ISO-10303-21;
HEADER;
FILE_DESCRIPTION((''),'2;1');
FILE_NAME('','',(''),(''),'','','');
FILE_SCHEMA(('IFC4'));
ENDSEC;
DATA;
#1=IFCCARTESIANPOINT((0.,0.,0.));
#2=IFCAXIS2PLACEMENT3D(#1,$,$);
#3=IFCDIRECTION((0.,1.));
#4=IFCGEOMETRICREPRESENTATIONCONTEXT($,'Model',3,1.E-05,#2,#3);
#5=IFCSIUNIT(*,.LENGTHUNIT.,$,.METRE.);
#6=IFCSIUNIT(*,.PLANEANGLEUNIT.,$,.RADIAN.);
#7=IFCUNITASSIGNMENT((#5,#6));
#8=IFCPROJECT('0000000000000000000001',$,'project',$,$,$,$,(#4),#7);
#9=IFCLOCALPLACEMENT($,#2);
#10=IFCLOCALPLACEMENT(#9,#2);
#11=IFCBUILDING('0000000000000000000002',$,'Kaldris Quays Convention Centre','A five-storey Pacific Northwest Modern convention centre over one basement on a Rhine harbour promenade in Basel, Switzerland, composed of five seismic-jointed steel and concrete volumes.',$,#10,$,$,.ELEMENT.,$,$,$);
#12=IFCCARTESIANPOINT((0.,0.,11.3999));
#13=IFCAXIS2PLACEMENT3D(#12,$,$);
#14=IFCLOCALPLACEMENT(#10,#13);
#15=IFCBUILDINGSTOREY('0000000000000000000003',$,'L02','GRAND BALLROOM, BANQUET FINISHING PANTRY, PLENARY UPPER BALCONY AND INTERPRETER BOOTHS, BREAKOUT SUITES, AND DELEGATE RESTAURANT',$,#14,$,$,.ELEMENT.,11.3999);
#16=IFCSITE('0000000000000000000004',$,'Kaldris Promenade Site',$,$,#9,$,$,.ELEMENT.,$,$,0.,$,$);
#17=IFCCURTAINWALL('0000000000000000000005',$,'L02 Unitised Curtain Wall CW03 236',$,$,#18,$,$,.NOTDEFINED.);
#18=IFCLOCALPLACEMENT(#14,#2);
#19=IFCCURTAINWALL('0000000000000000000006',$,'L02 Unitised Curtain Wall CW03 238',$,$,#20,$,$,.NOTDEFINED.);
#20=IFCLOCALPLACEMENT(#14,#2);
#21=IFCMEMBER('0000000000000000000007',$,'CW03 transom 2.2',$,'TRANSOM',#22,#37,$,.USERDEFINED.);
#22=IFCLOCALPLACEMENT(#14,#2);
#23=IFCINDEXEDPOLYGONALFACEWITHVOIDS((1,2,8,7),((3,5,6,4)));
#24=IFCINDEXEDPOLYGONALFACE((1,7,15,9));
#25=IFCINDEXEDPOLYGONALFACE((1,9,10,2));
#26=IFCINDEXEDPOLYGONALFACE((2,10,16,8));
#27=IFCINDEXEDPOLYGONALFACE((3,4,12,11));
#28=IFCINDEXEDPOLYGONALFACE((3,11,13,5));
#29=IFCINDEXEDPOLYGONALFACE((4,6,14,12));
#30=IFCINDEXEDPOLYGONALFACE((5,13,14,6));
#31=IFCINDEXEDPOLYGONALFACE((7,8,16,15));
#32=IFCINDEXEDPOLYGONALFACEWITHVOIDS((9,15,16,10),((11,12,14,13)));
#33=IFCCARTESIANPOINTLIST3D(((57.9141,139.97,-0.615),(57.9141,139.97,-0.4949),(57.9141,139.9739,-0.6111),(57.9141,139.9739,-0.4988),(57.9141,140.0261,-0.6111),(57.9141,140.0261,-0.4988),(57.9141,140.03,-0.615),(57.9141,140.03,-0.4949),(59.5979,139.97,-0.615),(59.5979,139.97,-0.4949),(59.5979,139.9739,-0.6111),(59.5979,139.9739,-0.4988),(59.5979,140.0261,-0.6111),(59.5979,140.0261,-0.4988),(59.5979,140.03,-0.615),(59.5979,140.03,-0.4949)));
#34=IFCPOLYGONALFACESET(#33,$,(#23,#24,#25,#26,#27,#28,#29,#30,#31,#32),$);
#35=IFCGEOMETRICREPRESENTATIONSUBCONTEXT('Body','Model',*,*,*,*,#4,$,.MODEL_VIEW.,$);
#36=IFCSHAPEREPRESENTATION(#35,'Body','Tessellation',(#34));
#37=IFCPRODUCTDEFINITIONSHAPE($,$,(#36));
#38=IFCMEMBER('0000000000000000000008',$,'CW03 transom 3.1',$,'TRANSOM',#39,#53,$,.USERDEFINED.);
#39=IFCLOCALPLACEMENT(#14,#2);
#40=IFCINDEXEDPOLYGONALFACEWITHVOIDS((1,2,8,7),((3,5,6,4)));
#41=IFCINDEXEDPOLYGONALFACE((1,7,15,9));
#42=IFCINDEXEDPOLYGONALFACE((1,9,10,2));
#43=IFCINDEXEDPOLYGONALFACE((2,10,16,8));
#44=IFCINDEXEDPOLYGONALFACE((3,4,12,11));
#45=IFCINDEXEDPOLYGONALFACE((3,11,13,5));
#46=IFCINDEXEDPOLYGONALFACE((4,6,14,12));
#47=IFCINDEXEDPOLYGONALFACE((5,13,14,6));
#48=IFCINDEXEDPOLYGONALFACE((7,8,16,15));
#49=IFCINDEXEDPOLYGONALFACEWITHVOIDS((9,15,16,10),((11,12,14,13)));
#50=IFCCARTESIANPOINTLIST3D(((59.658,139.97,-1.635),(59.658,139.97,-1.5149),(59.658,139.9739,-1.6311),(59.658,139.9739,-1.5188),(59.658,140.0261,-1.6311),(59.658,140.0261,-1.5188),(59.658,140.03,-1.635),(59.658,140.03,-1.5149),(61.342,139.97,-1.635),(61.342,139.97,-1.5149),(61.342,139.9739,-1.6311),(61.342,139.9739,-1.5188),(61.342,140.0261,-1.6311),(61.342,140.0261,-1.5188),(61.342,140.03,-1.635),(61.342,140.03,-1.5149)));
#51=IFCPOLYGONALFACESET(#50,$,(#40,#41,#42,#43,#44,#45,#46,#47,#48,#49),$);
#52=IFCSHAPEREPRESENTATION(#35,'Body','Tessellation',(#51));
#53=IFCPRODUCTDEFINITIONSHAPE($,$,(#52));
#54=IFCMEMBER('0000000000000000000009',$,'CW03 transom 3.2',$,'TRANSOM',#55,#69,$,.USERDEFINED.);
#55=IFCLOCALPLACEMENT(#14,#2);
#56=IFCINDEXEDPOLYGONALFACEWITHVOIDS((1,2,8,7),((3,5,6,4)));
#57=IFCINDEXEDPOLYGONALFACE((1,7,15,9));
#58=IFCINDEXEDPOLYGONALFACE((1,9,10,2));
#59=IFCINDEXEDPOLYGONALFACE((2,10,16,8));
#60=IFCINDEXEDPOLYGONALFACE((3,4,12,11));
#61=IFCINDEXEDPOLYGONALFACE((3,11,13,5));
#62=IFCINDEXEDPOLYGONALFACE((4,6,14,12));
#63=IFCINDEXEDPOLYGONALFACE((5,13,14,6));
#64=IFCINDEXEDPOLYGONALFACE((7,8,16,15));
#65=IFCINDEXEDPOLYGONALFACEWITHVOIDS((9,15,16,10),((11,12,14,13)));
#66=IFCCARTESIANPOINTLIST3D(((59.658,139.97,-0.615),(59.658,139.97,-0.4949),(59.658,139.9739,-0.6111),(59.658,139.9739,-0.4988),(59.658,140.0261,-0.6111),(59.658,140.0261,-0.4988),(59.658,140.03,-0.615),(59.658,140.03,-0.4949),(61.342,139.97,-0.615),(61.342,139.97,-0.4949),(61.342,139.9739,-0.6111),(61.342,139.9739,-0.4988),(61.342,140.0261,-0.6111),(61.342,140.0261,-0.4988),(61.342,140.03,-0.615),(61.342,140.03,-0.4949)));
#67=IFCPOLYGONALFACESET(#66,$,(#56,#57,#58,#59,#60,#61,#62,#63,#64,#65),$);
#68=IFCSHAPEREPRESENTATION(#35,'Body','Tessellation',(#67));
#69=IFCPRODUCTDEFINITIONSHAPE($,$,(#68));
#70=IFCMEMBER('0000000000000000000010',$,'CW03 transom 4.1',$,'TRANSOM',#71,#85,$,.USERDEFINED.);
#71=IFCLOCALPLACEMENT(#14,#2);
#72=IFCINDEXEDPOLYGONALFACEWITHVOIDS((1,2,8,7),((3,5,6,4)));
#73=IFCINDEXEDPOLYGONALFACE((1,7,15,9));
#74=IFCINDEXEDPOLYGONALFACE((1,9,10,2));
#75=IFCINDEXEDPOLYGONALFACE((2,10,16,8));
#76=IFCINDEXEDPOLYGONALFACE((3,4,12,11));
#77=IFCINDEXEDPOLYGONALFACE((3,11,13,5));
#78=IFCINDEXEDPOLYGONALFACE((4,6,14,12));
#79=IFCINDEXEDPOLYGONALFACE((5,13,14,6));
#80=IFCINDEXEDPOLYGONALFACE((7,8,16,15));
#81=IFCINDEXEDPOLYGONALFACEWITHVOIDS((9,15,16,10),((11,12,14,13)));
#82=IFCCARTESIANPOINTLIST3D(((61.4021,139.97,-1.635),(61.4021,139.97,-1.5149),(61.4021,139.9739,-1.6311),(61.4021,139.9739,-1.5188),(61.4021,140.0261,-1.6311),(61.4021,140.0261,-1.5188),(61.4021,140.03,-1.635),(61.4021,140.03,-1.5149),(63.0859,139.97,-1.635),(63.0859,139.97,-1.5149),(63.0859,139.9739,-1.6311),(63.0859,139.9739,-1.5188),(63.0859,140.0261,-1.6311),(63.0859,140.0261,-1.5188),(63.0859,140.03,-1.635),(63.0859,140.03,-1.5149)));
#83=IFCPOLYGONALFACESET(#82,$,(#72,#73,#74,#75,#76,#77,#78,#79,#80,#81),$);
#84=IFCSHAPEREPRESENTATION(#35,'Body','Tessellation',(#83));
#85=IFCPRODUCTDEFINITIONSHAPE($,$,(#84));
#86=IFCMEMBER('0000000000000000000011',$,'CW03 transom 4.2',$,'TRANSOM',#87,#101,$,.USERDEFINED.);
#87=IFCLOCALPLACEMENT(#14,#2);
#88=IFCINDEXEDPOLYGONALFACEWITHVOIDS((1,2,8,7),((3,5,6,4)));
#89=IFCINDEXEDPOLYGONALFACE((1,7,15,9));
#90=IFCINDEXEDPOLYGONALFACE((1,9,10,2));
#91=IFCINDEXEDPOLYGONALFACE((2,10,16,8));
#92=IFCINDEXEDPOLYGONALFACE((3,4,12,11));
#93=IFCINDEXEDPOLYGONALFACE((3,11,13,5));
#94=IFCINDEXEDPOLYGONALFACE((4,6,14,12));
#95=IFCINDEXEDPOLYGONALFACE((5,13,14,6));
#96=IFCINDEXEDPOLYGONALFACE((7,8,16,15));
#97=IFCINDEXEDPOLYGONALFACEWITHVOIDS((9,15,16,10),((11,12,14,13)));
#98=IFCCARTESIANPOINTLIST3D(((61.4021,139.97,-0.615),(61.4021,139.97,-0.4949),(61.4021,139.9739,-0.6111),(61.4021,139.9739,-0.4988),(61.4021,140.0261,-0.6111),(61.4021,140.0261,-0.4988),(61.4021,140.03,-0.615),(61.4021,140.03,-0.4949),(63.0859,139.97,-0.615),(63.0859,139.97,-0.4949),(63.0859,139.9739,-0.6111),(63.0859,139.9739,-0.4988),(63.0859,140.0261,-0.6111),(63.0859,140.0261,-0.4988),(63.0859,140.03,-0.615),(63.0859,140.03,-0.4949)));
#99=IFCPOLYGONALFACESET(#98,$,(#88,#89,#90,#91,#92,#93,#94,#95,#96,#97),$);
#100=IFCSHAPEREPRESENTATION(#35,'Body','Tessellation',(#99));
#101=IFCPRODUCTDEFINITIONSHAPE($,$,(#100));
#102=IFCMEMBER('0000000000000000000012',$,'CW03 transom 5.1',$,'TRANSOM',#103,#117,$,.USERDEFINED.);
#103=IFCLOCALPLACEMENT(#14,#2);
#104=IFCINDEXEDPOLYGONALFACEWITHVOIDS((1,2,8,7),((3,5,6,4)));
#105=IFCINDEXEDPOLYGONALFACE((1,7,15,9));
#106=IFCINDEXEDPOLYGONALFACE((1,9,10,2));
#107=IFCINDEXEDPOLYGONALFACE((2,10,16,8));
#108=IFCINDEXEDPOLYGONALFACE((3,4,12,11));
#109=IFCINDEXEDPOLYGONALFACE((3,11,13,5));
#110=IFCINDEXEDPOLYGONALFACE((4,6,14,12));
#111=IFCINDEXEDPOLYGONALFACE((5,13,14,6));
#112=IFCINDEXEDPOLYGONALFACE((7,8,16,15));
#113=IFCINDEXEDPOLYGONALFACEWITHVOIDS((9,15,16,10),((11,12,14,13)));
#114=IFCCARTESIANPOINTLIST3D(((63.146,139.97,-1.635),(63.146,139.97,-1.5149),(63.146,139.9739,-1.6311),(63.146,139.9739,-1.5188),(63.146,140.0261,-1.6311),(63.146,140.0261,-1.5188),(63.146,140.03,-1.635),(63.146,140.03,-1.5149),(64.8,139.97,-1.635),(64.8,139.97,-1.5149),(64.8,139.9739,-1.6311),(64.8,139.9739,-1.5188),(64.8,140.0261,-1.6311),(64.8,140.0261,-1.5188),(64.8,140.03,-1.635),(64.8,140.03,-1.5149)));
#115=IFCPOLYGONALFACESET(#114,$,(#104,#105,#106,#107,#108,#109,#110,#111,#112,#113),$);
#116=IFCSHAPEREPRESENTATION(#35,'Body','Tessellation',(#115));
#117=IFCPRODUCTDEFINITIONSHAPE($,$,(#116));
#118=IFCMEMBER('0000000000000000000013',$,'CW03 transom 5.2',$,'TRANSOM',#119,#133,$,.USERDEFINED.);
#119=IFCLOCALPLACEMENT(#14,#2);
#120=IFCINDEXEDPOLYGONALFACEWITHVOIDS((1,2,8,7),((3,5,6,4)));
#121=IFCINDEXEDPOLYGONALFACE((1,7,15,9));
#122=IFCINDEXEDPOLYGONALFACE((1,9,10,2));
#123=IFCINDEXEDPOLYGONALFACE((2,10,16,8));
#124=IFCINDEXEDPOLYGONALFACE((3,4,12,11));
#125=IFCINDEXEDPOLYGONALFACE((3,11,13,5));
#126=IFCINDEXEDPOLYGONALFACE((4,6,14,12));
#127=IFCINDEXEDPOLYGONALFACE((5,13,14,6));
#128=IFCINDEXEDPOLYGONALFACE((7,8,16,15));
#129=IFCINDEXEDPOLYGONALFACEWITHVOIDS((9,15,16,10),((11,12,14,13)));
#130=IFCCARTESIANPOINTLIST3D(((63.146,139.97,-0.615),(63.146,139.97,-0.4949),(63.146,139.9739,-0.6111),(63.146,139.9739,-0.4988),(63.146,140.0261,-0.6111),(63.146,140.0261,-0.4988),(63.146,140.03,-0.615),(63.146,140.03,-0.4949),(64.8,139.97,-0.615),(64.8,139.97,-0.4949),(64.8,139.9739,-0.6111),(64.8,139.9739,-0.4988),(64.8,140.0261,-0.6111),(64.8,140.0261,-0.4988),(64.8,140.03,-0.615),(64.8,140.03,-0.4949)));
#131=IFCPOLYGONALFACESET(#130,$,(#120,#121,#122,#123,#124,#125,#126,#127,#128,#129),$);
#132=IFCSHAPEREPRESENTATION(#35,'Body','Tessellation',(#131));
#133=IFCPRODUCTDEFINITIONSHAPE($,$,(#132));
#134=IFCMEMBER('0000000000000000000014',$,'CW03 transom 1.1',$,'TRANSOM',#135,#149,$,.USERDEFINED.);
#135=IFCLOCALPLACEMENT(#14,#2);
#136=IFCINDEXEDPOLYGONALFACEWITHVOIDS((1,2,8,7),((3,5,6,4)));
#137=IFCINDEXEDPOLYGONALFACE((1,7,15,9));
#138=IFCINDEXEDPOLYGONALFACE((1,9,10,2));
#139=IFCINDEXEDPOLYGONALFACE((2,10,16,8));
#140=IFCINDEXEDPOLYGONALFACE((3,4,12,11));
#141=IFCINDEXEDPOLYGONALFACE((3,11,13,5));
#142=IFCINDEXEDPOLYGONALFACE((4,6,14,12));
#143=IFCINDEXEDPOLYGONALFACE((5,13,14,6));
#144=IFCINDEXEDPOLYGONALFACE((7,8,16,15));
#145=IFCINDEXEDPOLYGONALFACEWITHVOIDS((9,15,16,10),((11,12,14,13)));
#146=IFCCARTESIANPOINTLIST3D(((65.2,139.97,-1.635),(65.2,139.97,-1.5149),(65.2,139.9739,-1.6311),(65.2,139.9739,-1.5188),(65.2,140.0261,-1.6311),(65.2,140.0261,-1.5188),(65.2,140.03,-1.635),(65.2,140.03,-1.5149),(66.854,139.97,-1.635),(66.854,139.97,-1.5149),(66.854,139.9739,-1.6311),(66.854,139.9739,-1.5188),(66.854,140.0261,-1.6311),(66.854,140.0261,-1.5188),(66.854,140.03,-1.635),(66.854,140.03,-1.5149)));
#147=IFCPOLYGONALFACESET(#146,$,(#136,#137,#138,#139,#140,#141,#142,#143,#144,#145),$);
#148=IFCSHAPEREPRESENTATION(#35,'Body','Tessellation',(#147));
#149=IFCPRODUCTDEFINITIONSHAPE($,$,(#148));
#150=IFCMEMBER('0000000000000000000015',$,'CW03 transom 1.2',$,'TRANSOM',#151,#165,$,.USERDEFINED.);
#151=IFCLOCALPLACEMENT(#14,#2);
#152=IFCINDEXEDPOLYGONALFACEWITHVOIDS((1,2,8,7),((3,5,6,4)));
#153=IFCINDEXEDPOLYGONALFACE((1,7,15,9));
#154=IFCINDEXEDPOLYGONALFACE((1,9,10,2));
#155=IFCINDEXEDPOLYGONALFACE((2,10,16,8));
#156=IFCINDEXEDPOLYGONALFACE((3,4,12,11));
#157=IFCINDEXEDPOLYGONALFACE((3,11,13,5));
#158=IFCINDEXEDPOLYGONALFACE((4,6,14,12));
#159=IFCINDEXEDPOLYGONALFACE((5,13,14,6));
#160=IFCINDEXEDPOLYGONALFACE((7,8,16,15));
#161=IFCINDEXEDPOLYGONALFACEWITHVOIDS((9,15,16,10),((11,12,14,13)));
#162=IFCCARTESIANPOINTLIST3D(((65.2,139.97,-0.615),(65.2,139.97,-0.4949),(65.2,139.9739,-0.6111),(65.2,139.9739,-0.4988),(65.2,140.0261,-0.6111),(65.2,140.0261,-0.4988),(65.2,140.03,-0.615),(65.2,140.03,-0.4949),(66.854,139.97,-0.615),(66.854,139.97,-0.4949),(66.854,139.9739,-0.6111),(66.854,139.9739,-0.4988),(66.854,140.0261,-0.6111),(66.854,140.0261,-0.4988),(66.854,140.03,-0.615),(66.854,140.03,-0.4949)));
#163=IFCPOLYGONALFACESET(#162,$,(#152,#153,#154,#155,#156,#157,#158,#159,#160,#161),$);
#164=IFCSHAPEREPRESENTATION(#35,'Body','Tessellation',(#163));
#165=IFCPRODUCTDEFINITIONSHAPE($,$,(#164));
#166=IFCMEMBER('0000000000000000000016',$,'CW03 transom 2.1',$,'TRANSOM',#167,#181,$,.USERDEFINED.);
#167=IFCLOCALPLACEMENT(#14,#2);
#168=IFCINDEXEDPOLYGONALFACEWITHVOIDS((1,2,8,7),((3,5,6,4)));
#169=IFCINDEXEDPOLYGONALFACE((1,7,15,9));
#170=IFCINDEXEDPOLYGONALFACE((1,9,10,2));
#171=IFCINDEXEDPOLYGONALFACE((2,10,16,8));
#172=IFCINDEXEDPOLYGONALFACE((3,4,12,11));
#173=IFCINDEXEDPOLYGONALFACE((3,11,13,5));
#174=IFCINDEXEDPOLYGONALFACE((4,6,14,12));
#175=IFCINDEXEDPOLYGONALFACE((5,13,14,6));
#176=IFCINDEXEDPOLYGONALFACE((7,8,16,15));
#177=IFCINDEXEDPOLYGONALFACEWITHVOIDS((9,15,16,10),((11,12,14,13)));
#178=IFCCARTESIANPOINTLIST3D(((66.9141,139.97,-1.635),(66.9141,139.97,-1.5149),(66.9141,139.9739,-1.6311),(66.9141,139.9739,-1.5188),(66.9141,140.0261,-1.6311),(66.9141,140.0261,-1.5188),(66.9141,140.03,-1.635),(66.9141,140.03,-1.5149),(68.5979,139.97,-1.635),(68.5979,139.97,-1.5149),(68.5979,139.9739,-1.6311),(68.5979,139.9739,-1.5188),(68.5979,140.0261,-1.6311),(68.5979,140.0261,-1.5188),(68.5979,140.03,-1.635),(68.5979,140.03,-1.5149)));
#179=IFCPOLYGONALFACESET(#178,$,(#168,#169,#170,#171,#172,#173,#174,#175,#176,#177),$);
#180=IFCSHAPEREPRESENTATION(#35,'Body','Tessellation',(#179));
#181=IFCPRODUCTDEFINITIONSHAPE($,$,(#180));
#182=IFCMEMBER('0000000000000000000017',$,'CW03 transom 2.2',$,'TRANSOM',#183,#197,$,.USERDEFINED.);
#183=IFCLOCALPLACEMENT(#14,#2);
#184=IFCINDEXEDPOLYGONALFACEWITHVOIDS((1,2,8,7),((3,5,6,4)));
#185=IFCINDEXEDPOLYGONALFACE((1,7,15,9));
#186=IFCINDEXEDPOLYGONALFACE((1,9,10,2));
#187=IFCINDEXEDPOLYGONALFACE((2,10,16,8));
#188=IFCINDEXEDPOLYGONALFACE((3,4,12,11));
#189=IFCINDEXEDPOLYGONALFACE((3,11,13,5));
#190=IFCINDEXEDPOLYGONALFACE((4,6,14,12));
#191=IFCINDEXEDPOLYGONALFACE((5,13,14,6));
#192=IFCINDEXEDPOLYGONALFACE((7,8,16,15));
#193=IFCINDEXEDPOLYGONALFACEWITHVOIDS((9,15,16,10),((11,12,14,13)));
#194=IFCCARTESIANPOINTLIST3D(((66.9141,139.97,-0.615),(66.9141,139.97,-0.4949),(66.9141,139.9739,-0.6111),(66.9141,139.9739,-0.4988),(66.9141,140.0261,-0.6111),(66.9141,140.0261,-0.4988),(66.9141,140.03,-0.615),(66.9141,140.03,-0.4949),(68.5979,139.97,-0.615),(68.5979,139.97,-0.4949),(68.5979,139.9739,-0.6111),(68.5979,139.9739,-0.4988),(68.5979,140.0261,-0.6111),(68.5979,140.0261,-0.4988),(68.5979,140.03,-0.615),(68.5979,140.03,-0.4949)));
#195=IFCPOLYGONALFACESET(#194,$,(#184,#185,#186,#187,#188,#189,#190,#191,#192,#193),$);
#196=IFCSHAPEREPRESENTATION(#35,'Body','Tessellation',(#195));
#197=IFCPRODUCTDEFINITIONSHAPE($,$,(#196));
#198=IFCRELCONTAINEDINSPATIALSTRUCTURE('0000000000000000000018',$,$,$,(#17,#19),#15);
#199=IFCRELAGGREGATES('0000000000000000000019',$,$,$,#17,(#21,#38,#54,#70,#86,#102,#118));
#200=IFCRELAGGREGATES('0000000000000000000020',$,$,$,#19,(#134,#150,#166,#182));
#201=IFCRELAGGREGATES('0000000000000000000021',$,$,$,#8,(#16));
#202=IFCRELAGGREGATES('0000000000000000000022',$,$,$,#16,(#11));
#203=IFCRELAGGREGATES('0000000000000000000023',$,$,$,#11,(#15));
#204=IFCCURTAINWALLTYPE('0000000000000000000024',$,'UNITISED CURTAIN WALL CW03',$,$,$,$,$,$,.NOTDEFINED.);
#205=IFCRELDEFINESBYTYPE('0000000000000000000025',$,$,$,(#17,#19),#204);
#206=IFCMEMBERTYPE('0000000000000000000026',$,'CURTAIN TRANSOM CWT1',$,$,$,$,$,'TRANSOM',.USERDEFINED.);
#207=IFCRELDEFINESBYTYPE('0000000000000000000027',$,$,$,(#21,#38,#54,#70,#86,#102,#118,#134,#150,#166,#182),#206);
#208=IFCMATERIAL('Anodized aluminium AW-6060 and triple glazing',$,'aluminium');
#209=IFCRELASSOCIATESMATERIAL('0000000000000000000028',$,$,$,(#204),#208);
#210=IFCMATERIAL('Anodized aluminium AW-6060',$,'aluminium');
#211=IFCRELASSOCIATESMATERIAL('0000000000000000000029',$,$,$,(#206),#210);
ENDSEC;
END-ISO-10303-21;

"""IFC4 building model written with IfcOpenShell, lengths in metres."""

from ifc_helpers import new_model, si_unit, direction, frame, origin, origin_2d, place, context, subcontext, project, spatial, hollow_rectangle, extrude, material, material_profile, profile_set, type_object, element, aggregate, save


model = new_model("IFC4")

# Units and contexts
model_context = context("Model", 3, precision=1e-05, world=origin(), true_north=direction((0.0, 1.0)))
body_context = subcontext(model_context, "Body", "Model", "MODEL_VIEW")
ifc_project = project(units=[si_unit("LENGTHUNIT", "METRE"), si_unit("PLANEANGLEUNIT", "RADIAN")], contexts=[model_context])

# Site, building, storey
site_placement = place(None, origin())
site = spatial("IfcSite", under=ifc_project, at=site_placement, Name="Kaldris Promenade Site", CompositionType="ELEMENT", RefElevation=0.0)
building_placement = place(site_placement, origin())
building = spatial("IfcBuilding", under=site, at=building_placement, Name="Kaldris Quays Convention Centre", Description="A five-storey Pacific Northwest Modern convention centre over one basement on a Rhine harbour promenade in Basel, Switzerland, composed of five seismic-jointed steel and concrete volumes.", CompositionType="ELEMENT")
storey_placement = place(building_placement, frame((0.0, 0.0, 11.3999)))
storey = spatial("IfcBuildingStorey", under=building, at=storey_placement, Name="L02", Description="GRAND BALLROOM, BANQUET FINISHING PANTRY, PLENARY UPPER BALCONY AND INTERPRETER BOOTHS, BREAKOUT SUITES, AND DELEGATE RESTAURANT", CompositionType="ELEMENT", Elevation=11.3999)

# Curtain walls
ifc_material_1 = material(Name="Anodized aluminium AW-6060 and triple glazing", Category="aluminium")
curtain_wall_type = type_object("IfcCurtainWallType", Name="UNITISED CURTAIN WALL CW03", PredefinedType="NOTDEFINED", material=ifc_material_1)
curtain_wall_1_placement = place(storey_placement, origin())
curtain_wall_1 = element("IfcCurtainWall", 1, at=curtain_wall_1_placement, inside=storey, type_object=curtain_wall_type, Name="L02 Unitised Curtain Wall CW03 236", PredefinedType="NOTDEFINED")
ifc_material_2 = material(Name="Anodized aluminium AW-6060", Category="aluminium")
curtain_wall_2_placement = place(storey_placement, origin())
curtain_wall_2 = element("IfcCurtainWall", 2, at=curtain_wall_2_placement, inside=storey, type_object=curtain_wall_type, Name="L02 Unitised Curtain Wall CW03 238", PredefinedType="NOTDEFINED")

# Members
ifc_material_profile_1 = material_profile(ifc_material_2, hollow_rectangle(XDim=0.0601, YDim=0.1201, WallThickness=0.0039, at=origin_2d()), Name="RHS 120x60x4")
ifc_profile_set_1 = profile_set([ifc_material_profile_1], Name="Anodized aluminium AW-6060")
member_type_1 = type_object("IfcMemberType", Name="CURTAIN TRANSOM CWT1", ElementType="TRANSOM", PredefinedType="USERDEFINED", material=ifc_profile_set_1)
member_1_placement = place(storey_placement, frame((57.9141, 140.0, -0.5549), z_axis=(1.0, 0.0, 0.0), x_axis=(0.0, 1.0, 0.0)))
member_1 = element("IfcMember", 3, at=member_1_placement, type_object=member_type_1, Name="CW03 transom 2.2", ObjectType="TRANSOM", PredefinedType="USERDEFINED", context=body_context, shape_type="SweptSolid", body=[
    extrude(hollow_rectangle(XDim=0.0601, YDim=0.1201, WallThickness=0.0039, at=origin_2d()), origin(), (0.0, 0.0, 1.0), 1.6838),
])
member_2_placement = place(storey_placement, frame((59.658, 140.0, -1.575), z_axis=(1.0, 0.0, 0.0), x_axis=(0.0, 1.0, 0.0)))
member_2 = element("IfcMember", 4, at=member_2_placement, type_object=member_type_1, Name="CW03 transom 3.1", ObjectType="TRANSOM", PredefinedType="USERDEFINED", context=body_context, shape_type="SweptSolid", body=[
    extrude(hollow_rectangle(XDim=0.0601, YDim=0.1201, WallThickness=0.0039, at=origin_2d()), origin(), (0.0, 0.0, 1.0), 1.6841),
])
member_3_placement = place(storey_placement, frame((59.658, 140.0, -0.5549), z_axis=(1.0, 0.0, 0.0), x_axis=(0.0, 1.0, 0.0)))
member_3 = element("IfcMember", 5, at=member_3_placement, type_object=member_type_1, Name="CW03 transom 3.2", ObjectType="TRANSOM", PredefinedType="USERDEFINED", context=body_context, shape_type="SweptSolid", body=[
    extrude(hollow_rectangle(XDim=0.0601, YDim=0.1201, WallThickness=0.0039, at=origin_2d()), origin(), (0.0, 0.0, 1.0), 1.6841),
])
member_4_placement = place(storey_placement, frame((61.4021, 140.0, -1.575), z_axis=(1.0, 0.0, 0.0), x_axis=(0.0, 1.0, 0.0)))
member_4 = element("IfcMember", 6, at=member_4_placement, type_object=member_type_1, Name="CW03 transom 4.1", ObjectType="TRANSOM", PredefinedType="USERDEFINED", context=body_context, shape_type="SweptSolid", body=[
    extrude(hollow_rectangle(XDim=0.0601, YDim=0.1201, WallThickness=0.0039, at=origin_2d()), origin(), (0.0, 0.0, 1.0), 1.6838),
])
member_5_placement = place(storey_placement, frame((61.4021, 140.0, -0.5549), z_axis=(1.0, 0.0, 0.0), x_axis=(0.0, 1.0, 0.0)))
member_5 = element("IfcMember", 7, at=member_5_placement, type_object=member_type_1, Name="CW03 transom 4.2", ObjectType="TRANSOM", PredefinedType="USERDEFINED", context=body_context, shape_type="SweptSolid", body=[
    extrude(hollow_rectangle(XDim=0.0601, YDim=0.1201, WallThickness=0.0039, at=origin_2d()), origin(), (0.0, 0.0, 1.0), 1.6838),
])
member_6_placement = place(storey_placement, frame((63.146, 140.0, -1.575), z_axis=(1.0, 0.0, 0.0), x_axis=(0.0, 1.0, 0.0)))
member_6 = element("IfcMember", 8, at=member_6_placement, type_object=member_type_1, Name="CW03 transom 5.1", ObjectType="TRANSOM", PredefinedType="USERDEFINED", context=body_context, shape_type="SweptSolid", body=[
    extrude(hollow_rectangle(XDim=0.0601, YDim=0.1201, WallThickness=0.0039, at=origin_2d()), origin(), (0.0, 0.0, 1.0), 1.6541),
])
member_7_placement = place(storey_placement, frame((63.146, 140.0, -0.5549), z_axis=(1.0, 0.0, 0.0), x_axis=(0.0, 1.0, 0.0)))
member_7 = element("IfcMember", 9, at=member_7_placement, type_object=member_type_1, Name="CW03 transom 5.2", ObjectType="TRANSOM", PredefinedType="USERDEFINED", context=body_context, shape_type="SweptSolid", body=[
    extrude(hollow_rectangle(XDim=0.0601, YDim=0.1201, WallThickness=0.0039, at=origin_2d()), origin(), (0.0, 0.0, 1.0), 1.6541),
])
member_8_placement = place(storey_placement, frame((65.2, 140.0, -1.575), z_axis=(1.0, 0.0, 0.0), x_axis=(0.0, 1.0, 0.0)))
member_8 = element("IfcMember", 10, at=member_8_placement, type_object=member_type_1, Name="CW03 transom 1.1", ObjectType="TRANSOM", PredefinedType="USERDEFINED", context=body_context, shape_type="SweptSolid", body=[
    extrude(hollow_rectangle(XDim=0.0601, YDim=0.1201, WallThickness=0.0039, at=origin_2d()), origin(), (0.0, 0.0, 1.0), 1.6541),
])
member_9_placement = place(storey_placement, frame((65.2, 140.0, -0.5549), z_axis=(1.0, 0.0, 0.0), x_axis=(0.0, 1.0, 0.0)))
member_9 = element("IfcMember", 11, at=member_9_placement, type_object=member_type_1, Name="CW03 transom 1.2", ObjectType="TRANSOM", PredefinedType="USERDEFINED", context=body_context, shape_type="SweptSolid", body=[
    extrude(hollow_rectangle(XDim=0.0601, YDim=0.1201, WallThickness=0.0039, at=origin_2d()), origin(), (0.0, 0.0, 1.0), 1.6541),
])
member_10_placement = place(storey_placement, frame((66.9141, 140.0, -1.575), z_axis=(1.0, 0.0, 0.0), x_axis=(0.0, 1.0, 0.0)))
member_10 = element("IfcMember", 12, at=member_10_placement, type_object=member_type_1, Name="CW03 transom 2.1", ObjectType="TRANSOM", PredefinedType="USERDEFINED", context=body_context, shape_type="SweptSolid", body=[
    extrude(hollow_rectangle(XDim=0.0601, YDim=0.1201, WallThickness=0.0039, at=origin_2d()), origin(), (0.0, 0.0, 1.0), 1.6838),
])
member_11_placement = place(storey_placement, frame((66.9141, 140.0, -0.5549), z_axis=(1.0, 0.0, 0.0), x_axis=(0.0, 1.0, 0.0)))
member_11 = element("IfcMember", 13, at=member_11_placement, type_object=member_type_1, Name="CW03 transom 2.2", ObjectType="TRANSOM", PredefinedType="USERDEFINED", context=body_context, shape_type="SweptSolid", body=[
    extrude(hollow_rectangle(XDim=0.0601, YDim=0.1201, WallThickness=0.0039, at=origin_2d()), origin(), (0.0, 0.0, 1.0), 1.6838),
])

aggregate(curtain_wall_1, [member_1, member_2, member_3, member_4, member_5, member_6, member_7])
aggregate(curtain_wall_2, [member_8, member_9, member_10, member_11])

save(model, "model.ifc")
